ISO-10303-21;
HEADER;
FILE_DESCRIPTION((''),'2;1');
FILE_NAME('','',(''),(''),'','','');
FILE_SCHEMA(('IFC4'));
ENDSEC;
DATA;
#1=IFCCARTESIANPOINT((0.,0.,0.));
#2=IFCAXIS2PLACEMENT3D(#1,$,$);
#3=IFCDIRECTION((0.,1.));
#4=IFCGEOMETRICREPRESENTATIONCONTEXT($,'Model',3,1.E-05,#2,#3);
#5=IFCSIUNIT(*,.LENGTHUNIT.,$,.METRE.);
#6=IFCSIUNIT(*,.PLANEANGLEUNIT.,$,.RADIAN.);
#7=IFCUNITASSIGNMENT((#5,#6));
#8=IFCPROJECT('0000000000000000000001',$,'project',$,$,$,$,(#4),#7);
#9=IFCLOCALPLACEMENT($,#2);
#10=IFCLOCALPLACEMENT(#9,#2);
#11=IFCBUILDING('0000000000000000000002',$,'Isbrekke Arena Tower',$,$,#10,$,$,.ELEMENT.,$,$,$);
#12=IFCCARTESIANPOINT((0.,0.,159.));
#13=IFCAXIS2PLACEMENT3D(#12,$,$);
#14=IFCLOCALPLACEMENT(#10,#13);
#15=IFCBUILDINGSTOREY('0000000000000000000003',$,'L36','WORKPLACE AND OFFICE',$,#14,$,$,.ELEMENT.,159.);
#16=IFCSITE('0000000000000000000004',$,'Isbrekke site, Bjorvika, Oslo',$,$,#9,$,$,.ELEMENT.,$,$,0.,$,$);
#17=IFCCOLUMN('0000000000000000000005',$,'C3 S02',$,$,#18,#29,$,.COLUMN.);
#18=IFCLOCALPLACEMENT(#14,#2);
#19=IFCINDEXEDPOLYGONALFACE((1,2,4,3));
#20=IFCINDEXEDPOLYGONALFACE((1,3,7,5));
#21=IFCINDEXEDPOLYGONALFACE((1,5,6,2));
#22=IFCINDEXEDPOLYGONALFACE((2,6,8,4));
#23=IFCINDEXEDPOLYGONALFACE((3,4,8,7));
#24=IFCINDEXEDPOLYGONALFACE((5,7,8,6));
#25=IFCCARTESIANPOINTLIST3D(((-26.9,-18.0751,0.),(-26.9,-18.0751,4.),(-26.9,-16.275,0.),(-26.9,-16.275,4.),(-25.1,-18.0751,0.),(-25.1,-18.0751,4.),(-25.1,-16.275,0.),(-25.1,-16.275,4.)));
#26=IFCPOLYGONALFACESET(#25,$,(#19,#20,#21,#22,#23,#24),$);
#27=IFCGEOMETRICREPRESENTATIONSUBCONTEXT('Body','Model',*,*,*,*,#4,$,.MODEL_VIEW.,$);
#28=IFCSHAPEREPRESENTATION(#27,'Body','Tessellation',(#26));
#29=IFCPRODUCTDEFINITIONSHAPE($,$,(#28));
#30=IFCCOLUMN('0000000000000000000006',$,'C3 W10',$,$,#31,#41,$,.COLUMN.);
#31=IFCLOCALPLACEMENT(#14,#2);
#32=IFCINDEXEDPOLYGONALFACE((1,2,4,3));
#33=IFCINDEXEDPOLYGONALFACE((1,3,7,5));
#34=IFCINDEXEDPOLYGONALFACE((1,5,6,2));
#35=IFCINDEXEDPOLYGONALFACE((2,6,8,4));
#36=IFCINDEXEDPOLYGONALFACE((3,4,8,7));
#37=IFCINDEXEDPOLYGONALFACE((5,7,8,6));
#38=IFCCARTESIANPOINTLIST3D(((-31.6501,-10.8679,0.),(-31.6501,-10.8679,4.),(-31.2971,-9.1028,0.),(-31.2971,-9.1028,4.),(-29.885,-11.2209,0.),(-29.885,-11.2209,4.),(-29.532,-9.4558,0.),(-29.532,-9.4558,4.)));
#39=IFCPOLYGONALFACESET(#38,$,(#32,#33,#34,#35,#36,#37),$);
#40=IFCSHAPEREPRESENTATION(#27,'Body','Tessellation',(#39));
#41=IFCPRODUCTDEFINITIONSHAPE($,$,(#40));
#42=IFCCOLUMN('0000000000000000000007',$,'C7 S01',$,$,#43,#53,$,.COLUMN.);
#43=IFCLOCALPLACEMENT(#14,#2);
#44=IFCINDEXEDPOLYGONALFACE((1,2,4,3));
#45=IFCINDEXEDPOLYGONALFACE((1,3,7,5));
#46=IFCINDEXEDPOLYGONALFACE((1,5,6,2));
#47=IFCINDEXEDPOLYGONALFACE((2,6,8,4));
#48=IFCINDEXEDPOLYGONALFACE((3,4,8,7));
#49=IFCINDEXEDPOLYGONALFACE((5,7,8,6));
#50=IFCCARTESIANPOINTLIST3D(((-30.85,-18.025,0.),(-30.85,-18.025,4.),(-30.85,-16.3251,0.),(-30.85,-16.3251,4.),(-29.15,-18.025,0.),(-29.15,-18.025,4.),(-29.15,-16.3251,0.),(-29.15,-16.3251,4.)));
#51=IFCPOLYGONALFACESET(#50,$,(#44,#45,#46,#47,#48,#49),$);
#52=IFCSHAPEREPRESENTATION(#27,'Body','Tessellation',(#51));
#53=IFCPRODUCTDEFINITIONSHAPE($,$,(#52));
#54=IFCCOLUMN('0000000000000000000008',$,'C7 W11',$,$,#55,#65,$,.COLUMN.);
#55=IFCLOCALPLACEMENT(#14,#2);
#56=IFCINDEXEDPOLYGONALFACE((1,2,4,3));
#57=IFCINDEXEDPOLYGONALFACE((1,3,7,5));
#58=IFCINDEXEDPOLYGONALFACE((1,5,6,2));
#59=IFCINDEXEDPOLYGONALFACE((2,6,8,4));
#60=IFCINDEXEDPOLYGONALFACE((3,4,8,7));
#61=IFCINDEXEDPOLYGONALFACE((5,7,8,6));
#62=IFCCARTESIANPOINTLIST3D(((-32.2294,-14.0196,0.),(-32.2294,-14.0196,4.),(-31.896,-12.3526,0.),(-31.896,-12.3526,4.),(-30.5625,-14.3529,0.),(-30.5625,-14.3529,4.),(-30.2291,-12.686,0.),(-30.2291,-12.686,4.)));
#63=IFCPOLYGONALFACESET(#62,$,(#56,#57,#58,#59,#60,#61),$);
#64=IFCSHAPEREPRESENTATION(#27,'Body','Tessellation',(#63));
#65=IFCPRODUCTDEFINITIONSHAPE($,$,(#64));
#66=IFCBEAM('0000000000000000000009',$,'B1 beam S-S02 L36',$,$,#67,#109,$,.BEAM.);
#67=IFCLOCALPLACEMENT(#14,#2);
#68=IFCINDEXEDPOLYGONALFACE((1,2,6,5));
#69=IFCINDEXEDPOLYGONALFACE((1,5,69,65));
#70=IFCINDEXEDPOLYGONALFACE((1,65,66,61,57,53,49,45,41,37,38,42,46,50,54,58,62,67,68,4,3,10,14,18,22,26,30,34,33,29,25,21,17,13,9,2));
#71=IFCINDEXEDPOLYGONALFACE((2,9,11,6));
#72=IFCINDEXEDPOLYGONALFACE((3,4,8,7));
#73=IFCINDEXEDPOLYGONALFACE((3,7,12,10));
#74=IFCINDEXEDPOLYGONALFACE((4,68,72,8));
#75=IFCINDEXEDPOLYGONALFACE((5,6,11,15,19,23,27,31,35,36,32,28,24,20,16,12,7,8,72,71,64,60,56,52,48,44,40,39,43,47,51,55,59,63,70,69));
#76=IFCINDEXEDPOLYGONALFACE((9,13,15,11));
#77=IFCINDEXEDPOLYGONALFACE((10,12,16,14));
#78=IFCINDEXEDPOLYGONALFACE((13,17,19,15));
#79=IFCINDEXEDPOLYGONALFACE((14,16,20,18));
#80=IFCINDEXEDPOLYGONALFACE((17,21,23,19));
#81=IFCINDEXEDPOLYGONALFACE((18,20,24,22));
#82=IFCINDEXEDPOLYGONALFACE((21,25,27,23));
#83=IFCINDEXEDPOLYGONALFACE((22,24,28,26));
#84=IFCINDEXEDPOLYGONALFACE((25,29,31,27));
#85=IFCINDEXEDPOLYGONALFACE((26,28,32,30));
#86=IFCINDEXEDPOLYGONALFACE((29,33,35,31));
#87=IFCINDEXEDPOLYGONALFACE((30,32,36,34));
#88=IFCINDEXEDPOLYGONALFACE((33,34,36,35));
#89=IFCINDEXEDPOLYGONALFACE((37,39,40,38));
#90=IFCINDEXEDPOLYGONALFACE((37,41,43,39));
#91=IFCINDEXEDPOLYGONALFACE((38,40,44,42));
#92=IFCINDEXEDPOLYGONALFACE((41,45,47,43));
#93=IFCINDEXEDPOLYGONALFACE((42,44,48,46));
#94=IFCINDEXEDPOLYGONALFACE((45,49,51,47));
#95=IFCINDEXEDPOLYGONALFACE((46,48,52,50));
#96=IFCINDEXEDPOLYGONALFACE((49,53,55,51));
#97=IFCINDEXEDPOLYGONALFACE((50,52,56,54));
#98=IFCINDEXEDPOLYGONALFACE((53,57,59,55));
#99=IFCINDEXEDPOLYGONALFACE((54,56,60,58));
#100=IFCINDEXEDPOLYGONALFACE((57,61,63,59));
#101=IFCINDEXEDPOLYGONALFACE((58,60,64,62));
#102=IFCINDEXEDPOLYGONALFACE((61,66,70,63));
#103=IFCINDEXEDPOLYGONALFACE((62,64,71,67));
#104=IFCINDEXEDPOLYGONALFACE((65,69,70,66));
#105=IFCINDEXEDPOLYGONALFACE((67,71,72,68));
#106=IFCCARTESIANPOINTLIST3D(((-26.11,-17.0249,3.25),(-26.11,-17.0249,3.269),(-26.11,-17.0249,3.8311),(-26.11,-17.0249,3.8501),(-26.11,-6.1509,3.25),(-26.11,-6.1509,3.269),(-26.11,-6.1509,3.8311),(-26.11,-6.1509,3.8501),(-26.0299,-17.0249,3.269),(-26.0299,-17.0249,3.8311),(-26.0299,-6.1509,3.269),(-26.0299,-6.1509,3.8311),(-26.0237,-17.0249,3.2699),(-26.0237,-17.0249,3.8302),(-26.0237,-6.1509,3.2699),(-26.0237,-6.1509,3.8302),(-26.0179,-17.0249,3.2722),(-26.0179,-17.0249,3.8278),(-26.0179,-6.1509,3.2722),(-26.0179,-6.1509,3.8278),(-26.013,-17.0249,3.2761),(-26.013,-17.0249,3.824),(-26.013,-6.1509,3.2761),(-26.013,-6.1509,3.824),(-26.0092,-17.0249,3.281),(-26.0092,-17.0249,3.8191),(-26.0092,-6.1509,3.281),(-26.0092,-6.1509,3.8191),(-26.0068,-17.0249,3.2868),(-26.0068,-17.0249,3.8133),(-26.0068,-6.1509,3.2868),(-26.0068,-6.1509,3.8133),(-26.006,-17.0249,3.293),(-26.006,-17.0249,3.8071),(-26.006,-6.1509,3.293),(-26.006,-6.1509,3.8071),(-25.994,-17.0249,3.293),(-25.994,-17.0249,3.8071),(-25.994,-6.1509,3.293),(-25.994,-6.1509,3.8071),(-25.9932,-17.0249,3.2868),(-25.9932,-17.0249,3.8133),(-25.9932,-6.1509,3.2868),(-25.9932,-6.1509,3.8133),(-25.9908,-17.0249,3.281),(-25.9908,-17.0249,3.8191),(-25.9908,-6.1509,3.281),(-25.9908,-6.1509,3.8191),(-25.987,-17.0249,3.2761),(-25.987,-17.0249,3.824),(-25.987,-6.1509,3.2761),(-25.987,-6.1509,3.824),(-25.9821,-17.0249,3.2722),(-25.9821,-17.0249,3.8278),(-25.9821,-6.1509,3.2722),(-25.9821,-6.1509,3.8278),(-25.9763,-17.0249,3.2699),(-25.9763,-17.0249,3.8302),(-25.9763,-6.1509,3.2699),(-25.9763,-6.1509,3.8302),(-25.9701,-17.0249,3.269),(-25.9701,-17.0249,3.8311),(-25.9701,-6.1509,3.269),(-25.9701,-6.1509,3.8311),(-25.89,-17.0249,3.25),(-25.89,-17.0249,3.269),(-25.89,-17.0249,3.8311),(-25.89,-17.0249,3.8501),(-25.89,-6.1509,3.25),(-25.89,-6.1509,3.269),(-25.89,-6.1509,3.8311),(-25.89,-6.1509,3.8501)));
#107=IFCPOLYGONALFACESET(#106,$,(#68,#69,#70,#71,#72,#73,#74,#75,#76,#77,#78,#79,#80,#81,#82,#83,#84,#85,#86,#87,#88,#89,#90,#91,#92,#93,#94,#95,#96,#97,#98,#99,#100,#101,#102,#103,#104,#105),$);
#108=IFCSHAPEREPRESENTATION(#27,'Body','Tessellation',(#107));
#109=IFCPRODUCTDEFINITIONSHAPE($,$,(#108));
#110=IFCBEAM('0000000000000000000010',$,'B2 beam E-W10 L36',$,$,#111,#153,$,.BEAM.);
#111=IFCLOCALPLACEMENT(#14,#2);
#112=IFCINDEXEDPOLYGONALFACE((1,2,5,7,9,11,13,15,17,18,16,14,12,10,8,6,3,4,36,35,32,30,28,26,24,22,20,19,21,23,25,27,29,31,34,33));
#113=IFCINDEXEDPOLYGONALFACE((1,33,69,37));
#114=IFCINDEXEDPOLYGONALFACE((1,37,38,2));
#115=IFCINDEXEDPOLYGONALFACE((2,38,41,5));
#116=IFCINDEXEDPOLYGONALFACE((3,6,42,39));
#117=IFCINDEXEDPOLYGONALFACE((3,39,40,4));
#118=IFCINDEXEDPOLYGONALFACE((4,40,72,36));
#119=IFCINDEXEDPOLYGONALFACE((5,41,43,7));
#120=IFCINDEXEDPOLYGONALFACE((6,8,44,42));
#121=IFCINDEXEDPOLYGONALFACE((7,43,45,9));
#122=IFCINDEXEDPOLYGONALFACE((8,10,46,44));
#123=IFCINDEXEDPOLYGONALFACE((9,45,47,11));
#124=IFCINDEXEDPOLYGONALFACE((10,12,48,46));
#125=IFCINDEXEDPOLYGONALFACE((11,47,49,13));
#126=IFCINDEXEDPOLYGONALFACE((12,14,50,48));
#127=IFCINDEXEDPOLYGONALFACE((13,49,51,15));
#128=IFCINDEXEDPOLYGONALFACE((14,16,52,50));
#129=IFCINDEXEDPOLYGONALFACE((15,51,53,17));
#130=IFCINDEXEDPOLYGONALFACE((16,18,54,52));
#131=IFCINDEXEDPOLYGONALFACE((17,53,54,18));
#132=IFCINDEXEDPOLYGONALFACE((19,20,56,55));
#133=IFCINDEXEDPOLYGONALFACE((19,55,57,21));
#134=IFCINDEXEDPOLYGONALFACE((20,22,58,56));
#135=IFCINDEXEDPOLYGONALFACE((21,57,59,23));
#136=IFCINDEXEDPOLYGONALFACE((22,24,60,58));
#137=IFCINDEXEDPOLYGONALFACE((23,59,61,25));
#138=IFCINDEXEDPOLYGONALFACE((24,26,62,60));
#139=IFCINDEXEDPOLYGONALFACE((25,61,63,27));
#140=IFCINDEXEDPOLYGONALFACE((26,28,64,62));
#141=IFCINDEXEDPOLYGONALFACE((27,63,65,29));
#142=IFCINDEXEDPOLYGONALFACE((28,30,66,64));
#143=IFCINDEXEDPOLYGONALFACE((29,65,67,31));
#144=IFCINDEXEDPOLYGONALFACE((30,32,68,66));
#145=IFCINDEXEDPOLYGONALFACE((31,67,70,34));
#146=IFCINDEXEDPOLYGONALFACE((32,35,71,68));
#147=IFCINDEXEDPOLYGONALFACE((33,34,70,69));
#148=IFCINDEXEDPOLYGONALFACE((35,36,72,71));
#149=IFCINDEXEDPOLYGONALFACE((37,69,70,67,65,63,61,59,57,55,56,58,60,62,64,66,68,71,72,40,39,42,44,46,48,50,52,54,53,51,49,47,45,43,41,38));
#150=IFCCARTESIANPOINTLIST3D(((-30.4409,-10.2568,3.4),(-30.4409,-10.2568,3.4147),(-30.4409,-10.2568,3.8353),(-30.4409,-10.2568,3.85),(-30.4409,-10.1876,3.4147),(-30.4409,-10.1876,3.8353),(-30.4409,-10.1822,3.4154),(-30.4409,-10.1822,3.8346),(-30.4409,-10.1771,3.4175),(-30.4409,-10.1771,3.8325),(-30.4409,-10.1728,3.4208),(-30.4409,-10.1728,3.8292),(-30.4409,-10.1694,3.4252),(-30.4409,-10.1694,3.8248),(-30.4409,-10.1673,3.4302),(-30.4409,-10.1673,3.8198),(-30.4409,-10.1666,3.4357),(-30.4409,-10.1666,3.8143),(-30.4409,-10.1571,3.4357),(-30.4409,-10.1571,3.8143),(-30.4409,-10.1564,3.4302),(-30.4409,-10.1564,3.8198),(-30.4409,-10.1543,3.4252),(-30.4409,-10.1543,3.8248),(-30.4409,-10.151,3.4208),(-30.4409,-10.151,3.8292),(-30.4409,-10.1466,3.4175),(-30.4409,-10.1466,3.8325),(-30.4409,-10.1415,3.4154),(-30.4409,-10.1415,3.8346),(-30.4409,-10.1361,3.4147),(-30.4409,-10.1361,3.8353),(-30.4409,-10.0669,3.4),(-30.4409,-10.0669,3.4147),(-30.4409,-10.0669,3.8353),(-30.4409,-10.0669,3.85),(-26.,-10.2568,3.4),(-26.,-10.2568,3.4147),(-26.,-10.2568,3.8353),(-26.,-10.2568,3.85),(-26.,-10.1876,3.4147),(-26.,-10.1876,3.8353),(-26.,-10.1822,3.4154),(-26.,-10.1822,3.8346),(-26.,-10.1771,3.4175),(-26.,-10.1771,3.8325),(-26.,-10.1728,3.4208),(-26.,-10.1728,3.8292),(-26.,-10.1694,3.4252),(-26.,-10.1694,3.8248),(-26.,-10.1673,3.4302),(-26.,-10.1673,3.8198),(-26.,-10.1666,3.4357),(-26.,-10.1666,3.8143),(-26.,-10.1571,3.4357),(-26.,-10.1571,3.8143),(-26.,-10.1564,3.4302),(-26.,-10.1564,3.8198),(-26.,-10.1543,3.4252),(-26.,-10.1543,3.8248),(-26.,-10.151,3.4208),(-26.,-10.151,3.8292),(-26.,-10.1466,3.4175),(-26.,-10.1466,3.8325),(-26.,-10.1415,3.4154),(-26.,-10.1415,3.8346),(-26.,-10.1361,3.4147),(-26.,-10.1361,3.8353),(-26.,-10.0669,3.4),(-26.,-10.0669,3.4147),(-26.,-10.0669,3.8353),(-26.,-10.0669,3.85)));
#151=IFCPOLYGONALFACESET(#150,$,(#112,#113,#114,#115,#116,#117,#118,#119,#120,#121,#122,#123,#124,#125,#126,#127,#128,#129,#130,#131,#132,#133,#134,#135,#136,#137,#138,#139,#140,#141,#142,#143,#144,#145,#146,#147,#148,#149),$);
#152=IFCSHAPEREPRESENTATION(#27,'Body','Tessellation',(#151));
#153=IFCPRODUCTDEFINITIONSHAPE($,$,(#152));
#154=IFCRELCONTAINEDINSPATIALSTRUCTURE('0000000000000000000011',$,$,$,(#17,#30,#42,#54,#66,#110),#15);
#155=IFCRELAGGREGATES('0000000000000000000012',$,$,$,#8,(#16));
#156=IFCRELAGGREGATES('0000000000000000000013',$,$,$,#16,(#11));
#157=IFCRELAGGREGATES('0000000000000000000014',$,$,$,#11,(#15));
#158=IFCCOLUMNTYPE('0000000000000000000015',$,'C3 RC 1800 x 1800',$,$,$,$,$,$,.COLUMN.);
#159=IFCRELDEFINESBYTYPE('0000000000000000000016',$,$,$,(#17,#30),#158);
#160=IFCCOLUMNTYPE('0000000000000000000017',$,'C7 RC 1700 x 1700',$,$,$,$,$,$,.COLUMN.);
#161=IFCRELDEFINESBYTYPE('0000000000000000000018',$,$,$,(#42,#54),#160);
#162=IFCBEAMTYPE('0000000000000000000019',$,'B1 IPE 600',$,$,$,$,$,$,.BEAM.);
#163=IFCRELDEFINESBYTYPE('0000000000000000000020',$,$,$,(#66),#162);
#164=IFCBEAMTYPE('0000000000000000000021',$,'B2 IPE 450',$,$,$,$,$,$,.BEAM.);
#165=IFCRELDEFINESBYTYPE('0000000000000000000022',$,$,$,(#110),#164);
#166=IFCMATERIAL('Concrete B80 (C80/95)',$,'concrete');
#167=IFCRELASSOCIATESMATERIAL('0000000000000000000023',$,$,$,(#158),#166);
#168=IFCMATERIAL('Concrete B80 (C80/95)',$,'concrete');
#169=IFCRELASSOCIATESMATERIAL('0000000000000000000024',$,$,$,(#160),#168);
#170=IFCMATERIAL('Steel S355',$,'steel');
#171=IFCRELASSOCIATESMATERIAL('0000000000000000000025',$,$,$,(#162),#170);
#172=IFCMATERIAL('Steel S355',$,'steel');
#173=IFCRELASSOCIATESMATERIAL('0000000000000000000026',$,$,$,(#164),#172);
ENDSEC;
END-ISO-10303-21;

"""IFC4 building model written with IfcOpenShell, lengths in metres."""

from ifc_helpers import new_model, si_unit, direction, frame, origin, origin_2d, place, context, subcontext, project, spatial, rectangle, i_section, extrude, material, material_profile, profile_set, type_object, element, save


model = new_model("IFC4")

# Units and contexts
model_context = context("Model", 3, precision=1e-05, world=origin(), true_north=direction((0.0, 1.0)))
body_context = subcontext(model_context, "Body", "Model", "MODEL_VIEW")
ifc_project = project(units=[si_unit("LENGTHUNIT", "METRE"), si_unit("PLANEANGLEUNIT", "RADIAN")], contexts=[model_context])

# Site, building, storey
site_placement = place(None, origin())
site = spatial("IfcSite", under=ifc_project, at=site_placement, Name="Isbrekke site, Bjorvika, Oslo", CompositionType="ELEMENT", RefElevation=0.0)
building_placement = place(site_placement, origin())
building = spatial("IfcBuilding", under=site, at=building_placement, Name="Isbrekke Arena Tower", CompositionType="ELEMENT")
storey_placement = place(building_placement, frame((0.0, 0.0, 159.0)))
storey = spatial("IfcBuildingStorey", under=building, at=storey_placement, Name="L36", Description="WORKPLACE AND OFFICE", CompositionType="ELEMENT", Elevation=159.0)

# Columns
ifc_material_1 = material(Name="Concrete B80 (C80/95)", Category="concrete")
ifc_material_profile_1 = material_profile(ifc_material_1, rectangle(XDim=1.8, YDim=1.8, at=origin_2d()), Name="RC 1800x1800")
ifc_profile_set_1 = profile_set([ifc_material_profile_1], Name="Concrete B80 (C80/95)")
column_type_1 = type_object("IfcColumnType", Name="C3 RC 1800 x 1800", PredefinedType="COLUMN", material=ifc_profile_set_1)
for number, where, z_axis, x_axis, name in (
    (1, (-26.0, -17.175, 0.0), (0.0, 0.0, 1.0), (1.0, 0.0, 0.0), "C3 S02"),
    (2, (-30.5911, -10.1619, 0.0), (0.0, 0.0, 1.0), (-0.196116, -0.980581, 0.0), "C3 W10"),
):
    element("IfcColumn", number, at=place(storey_placement, frame(where, z_axis=z_axis, x_axis=x_axis)), inside=storey, type_object=column_type_1, Name=name, PredefinedType="COLUMN", context=body_context, shape_type="SweptSolid", body=[
        extrude(rectangle(XDim=1.8, YDim=1.8, at=origin_2d()), origin(), (0.0, 0.0, 1.0), 4.0),
    ])
ifc_material_2 = material(Name="Concrete B80 (C80/95)", Category="concrete")
ifc_material_profile_2 = material_profile(ifc_material_2, rectangle(XDim=1.7, YDim=1.7, at=origin_2d()), Name="RC 1700x1700")
ifc_profile_set_2 = profile_set([ifc_material_profile_2], Name="Concrete B80 (C80/95)")
column_type_2 = type_object("IfcColumnType", Name="C7 RC 1700 x 1700", PredefinedType="COLUMN", material=ifc_profile_set_2)
for number, where, z_axis, x_axis, name in (
    (3, (-30.0, -17.175, 0.0), (0.0, 0.0, 1.0), (1.0, 0.0, 0.0), "C7 S01"),
    (4, (-31.2292, -13.3528, 0.0), (0.0, 0.0, 1.0), (-0.196116, -0.980581, 0.0), "C7 W11"),
):
    element("IfcColumn", number, at=place(storey_placement, frame(where, z_axis=z_axis, x_axis=x_axis)), inside=storey, type_object=column_type_2, Name=name, PredefinedType="COLUMN", context=body_context, shape_type="SweptSolid", body=[
        extrude(rectangle(XDim=1.7, YDim=1.7, at=origin_2d()), origin(), (0.0, 0.0, 1.0), 4.0),
    ])

# Beams
ifc_material_3 = material(Name="Steel S355", Category="steel")
ifc_material_profile_3 = material_profile(ifc_material_3, i_section(OverallWidth=0.22, OverallDepth=0.6001, WebThickness=0.012, FlangeThickness=0.019, FilletRadius=0.0239, at=origin_2d()), Name="IPE 600")
ifc_profile_set_3 = profile_set([ifc_material_profile_3], Name="Steel S355")
beam_type_1 = type_object("IfcBeamType", Name="B1 IPE 600", PredefinedType="BEAM", material=ifc_profile_set_3)
beam_1_placement = place(storey_placement, frame((-26.0, -17.0249, 3.55), z_axis=(0.0, 1.0, 0.0), x_axis=(-1.0, 0.0, 0.0)))
element("IfcBeam", 5, at=beam_1_placement, inside=storey, type_object=beam_type_1, Name="B1 beam S-S02 L36", PredefinedType="BEAM", context=body_context, shape_type="SweptSolid", body=[
    extrude(i_section(OverallWidth=0.22, OverallDepth=0.6001, WebThickness=0.012, FlangeThickness=0.019, FilletRadius=0.0239, at=origin_2d()), origin(), (0.0, 0.0, 1.0), 10.874),
])
ifc_material_4 = material(Name="Steel S355", Category="steel")
ifc_material_profile_4 = material_profile(ifc_material_4, i_section(OverallWidth=0.1899, OverallDepth=0.45, WebThickness=0.0095, FlangeThickness=0.0146, FilletRadius=0.021, at=origin_2d()), Name="IPE 450")
ifc_profile_set_4 = profile_set([ifc_material_profile_4], Name="Steel S355")
beam_type_2 = type_object("IfcBeamType", Name="B2 IPE 450", PredefinedType="BEAM", material=ifc_profile_set_4)
beam_2_placement = place(storey_placement, frame((-30.4409, -10.1619, 3.625), z_axis=(1.0, 0.0, 0.0), x_axis=(0.0, 1.0, 0.0)))
element("IfcBeam", 6, at=beam_2_placement, inside=storey, type_object=beam_type_2, Name="B2 beam E-W10 L36", PredefinedType="BEAM", context=body_context, shape_type="SweptSolid", body=[
    extrude(i_section(OverallWidth=0.1899, OverallDepth=0.45, WebThickness=0.0095, FlangeThickness=0.0146, FilletRadius=0.021, at=origin_2d()), origin(), (0.0, 0.0, 1.0), 4.4409),
])

save(model, "model.ifc")
